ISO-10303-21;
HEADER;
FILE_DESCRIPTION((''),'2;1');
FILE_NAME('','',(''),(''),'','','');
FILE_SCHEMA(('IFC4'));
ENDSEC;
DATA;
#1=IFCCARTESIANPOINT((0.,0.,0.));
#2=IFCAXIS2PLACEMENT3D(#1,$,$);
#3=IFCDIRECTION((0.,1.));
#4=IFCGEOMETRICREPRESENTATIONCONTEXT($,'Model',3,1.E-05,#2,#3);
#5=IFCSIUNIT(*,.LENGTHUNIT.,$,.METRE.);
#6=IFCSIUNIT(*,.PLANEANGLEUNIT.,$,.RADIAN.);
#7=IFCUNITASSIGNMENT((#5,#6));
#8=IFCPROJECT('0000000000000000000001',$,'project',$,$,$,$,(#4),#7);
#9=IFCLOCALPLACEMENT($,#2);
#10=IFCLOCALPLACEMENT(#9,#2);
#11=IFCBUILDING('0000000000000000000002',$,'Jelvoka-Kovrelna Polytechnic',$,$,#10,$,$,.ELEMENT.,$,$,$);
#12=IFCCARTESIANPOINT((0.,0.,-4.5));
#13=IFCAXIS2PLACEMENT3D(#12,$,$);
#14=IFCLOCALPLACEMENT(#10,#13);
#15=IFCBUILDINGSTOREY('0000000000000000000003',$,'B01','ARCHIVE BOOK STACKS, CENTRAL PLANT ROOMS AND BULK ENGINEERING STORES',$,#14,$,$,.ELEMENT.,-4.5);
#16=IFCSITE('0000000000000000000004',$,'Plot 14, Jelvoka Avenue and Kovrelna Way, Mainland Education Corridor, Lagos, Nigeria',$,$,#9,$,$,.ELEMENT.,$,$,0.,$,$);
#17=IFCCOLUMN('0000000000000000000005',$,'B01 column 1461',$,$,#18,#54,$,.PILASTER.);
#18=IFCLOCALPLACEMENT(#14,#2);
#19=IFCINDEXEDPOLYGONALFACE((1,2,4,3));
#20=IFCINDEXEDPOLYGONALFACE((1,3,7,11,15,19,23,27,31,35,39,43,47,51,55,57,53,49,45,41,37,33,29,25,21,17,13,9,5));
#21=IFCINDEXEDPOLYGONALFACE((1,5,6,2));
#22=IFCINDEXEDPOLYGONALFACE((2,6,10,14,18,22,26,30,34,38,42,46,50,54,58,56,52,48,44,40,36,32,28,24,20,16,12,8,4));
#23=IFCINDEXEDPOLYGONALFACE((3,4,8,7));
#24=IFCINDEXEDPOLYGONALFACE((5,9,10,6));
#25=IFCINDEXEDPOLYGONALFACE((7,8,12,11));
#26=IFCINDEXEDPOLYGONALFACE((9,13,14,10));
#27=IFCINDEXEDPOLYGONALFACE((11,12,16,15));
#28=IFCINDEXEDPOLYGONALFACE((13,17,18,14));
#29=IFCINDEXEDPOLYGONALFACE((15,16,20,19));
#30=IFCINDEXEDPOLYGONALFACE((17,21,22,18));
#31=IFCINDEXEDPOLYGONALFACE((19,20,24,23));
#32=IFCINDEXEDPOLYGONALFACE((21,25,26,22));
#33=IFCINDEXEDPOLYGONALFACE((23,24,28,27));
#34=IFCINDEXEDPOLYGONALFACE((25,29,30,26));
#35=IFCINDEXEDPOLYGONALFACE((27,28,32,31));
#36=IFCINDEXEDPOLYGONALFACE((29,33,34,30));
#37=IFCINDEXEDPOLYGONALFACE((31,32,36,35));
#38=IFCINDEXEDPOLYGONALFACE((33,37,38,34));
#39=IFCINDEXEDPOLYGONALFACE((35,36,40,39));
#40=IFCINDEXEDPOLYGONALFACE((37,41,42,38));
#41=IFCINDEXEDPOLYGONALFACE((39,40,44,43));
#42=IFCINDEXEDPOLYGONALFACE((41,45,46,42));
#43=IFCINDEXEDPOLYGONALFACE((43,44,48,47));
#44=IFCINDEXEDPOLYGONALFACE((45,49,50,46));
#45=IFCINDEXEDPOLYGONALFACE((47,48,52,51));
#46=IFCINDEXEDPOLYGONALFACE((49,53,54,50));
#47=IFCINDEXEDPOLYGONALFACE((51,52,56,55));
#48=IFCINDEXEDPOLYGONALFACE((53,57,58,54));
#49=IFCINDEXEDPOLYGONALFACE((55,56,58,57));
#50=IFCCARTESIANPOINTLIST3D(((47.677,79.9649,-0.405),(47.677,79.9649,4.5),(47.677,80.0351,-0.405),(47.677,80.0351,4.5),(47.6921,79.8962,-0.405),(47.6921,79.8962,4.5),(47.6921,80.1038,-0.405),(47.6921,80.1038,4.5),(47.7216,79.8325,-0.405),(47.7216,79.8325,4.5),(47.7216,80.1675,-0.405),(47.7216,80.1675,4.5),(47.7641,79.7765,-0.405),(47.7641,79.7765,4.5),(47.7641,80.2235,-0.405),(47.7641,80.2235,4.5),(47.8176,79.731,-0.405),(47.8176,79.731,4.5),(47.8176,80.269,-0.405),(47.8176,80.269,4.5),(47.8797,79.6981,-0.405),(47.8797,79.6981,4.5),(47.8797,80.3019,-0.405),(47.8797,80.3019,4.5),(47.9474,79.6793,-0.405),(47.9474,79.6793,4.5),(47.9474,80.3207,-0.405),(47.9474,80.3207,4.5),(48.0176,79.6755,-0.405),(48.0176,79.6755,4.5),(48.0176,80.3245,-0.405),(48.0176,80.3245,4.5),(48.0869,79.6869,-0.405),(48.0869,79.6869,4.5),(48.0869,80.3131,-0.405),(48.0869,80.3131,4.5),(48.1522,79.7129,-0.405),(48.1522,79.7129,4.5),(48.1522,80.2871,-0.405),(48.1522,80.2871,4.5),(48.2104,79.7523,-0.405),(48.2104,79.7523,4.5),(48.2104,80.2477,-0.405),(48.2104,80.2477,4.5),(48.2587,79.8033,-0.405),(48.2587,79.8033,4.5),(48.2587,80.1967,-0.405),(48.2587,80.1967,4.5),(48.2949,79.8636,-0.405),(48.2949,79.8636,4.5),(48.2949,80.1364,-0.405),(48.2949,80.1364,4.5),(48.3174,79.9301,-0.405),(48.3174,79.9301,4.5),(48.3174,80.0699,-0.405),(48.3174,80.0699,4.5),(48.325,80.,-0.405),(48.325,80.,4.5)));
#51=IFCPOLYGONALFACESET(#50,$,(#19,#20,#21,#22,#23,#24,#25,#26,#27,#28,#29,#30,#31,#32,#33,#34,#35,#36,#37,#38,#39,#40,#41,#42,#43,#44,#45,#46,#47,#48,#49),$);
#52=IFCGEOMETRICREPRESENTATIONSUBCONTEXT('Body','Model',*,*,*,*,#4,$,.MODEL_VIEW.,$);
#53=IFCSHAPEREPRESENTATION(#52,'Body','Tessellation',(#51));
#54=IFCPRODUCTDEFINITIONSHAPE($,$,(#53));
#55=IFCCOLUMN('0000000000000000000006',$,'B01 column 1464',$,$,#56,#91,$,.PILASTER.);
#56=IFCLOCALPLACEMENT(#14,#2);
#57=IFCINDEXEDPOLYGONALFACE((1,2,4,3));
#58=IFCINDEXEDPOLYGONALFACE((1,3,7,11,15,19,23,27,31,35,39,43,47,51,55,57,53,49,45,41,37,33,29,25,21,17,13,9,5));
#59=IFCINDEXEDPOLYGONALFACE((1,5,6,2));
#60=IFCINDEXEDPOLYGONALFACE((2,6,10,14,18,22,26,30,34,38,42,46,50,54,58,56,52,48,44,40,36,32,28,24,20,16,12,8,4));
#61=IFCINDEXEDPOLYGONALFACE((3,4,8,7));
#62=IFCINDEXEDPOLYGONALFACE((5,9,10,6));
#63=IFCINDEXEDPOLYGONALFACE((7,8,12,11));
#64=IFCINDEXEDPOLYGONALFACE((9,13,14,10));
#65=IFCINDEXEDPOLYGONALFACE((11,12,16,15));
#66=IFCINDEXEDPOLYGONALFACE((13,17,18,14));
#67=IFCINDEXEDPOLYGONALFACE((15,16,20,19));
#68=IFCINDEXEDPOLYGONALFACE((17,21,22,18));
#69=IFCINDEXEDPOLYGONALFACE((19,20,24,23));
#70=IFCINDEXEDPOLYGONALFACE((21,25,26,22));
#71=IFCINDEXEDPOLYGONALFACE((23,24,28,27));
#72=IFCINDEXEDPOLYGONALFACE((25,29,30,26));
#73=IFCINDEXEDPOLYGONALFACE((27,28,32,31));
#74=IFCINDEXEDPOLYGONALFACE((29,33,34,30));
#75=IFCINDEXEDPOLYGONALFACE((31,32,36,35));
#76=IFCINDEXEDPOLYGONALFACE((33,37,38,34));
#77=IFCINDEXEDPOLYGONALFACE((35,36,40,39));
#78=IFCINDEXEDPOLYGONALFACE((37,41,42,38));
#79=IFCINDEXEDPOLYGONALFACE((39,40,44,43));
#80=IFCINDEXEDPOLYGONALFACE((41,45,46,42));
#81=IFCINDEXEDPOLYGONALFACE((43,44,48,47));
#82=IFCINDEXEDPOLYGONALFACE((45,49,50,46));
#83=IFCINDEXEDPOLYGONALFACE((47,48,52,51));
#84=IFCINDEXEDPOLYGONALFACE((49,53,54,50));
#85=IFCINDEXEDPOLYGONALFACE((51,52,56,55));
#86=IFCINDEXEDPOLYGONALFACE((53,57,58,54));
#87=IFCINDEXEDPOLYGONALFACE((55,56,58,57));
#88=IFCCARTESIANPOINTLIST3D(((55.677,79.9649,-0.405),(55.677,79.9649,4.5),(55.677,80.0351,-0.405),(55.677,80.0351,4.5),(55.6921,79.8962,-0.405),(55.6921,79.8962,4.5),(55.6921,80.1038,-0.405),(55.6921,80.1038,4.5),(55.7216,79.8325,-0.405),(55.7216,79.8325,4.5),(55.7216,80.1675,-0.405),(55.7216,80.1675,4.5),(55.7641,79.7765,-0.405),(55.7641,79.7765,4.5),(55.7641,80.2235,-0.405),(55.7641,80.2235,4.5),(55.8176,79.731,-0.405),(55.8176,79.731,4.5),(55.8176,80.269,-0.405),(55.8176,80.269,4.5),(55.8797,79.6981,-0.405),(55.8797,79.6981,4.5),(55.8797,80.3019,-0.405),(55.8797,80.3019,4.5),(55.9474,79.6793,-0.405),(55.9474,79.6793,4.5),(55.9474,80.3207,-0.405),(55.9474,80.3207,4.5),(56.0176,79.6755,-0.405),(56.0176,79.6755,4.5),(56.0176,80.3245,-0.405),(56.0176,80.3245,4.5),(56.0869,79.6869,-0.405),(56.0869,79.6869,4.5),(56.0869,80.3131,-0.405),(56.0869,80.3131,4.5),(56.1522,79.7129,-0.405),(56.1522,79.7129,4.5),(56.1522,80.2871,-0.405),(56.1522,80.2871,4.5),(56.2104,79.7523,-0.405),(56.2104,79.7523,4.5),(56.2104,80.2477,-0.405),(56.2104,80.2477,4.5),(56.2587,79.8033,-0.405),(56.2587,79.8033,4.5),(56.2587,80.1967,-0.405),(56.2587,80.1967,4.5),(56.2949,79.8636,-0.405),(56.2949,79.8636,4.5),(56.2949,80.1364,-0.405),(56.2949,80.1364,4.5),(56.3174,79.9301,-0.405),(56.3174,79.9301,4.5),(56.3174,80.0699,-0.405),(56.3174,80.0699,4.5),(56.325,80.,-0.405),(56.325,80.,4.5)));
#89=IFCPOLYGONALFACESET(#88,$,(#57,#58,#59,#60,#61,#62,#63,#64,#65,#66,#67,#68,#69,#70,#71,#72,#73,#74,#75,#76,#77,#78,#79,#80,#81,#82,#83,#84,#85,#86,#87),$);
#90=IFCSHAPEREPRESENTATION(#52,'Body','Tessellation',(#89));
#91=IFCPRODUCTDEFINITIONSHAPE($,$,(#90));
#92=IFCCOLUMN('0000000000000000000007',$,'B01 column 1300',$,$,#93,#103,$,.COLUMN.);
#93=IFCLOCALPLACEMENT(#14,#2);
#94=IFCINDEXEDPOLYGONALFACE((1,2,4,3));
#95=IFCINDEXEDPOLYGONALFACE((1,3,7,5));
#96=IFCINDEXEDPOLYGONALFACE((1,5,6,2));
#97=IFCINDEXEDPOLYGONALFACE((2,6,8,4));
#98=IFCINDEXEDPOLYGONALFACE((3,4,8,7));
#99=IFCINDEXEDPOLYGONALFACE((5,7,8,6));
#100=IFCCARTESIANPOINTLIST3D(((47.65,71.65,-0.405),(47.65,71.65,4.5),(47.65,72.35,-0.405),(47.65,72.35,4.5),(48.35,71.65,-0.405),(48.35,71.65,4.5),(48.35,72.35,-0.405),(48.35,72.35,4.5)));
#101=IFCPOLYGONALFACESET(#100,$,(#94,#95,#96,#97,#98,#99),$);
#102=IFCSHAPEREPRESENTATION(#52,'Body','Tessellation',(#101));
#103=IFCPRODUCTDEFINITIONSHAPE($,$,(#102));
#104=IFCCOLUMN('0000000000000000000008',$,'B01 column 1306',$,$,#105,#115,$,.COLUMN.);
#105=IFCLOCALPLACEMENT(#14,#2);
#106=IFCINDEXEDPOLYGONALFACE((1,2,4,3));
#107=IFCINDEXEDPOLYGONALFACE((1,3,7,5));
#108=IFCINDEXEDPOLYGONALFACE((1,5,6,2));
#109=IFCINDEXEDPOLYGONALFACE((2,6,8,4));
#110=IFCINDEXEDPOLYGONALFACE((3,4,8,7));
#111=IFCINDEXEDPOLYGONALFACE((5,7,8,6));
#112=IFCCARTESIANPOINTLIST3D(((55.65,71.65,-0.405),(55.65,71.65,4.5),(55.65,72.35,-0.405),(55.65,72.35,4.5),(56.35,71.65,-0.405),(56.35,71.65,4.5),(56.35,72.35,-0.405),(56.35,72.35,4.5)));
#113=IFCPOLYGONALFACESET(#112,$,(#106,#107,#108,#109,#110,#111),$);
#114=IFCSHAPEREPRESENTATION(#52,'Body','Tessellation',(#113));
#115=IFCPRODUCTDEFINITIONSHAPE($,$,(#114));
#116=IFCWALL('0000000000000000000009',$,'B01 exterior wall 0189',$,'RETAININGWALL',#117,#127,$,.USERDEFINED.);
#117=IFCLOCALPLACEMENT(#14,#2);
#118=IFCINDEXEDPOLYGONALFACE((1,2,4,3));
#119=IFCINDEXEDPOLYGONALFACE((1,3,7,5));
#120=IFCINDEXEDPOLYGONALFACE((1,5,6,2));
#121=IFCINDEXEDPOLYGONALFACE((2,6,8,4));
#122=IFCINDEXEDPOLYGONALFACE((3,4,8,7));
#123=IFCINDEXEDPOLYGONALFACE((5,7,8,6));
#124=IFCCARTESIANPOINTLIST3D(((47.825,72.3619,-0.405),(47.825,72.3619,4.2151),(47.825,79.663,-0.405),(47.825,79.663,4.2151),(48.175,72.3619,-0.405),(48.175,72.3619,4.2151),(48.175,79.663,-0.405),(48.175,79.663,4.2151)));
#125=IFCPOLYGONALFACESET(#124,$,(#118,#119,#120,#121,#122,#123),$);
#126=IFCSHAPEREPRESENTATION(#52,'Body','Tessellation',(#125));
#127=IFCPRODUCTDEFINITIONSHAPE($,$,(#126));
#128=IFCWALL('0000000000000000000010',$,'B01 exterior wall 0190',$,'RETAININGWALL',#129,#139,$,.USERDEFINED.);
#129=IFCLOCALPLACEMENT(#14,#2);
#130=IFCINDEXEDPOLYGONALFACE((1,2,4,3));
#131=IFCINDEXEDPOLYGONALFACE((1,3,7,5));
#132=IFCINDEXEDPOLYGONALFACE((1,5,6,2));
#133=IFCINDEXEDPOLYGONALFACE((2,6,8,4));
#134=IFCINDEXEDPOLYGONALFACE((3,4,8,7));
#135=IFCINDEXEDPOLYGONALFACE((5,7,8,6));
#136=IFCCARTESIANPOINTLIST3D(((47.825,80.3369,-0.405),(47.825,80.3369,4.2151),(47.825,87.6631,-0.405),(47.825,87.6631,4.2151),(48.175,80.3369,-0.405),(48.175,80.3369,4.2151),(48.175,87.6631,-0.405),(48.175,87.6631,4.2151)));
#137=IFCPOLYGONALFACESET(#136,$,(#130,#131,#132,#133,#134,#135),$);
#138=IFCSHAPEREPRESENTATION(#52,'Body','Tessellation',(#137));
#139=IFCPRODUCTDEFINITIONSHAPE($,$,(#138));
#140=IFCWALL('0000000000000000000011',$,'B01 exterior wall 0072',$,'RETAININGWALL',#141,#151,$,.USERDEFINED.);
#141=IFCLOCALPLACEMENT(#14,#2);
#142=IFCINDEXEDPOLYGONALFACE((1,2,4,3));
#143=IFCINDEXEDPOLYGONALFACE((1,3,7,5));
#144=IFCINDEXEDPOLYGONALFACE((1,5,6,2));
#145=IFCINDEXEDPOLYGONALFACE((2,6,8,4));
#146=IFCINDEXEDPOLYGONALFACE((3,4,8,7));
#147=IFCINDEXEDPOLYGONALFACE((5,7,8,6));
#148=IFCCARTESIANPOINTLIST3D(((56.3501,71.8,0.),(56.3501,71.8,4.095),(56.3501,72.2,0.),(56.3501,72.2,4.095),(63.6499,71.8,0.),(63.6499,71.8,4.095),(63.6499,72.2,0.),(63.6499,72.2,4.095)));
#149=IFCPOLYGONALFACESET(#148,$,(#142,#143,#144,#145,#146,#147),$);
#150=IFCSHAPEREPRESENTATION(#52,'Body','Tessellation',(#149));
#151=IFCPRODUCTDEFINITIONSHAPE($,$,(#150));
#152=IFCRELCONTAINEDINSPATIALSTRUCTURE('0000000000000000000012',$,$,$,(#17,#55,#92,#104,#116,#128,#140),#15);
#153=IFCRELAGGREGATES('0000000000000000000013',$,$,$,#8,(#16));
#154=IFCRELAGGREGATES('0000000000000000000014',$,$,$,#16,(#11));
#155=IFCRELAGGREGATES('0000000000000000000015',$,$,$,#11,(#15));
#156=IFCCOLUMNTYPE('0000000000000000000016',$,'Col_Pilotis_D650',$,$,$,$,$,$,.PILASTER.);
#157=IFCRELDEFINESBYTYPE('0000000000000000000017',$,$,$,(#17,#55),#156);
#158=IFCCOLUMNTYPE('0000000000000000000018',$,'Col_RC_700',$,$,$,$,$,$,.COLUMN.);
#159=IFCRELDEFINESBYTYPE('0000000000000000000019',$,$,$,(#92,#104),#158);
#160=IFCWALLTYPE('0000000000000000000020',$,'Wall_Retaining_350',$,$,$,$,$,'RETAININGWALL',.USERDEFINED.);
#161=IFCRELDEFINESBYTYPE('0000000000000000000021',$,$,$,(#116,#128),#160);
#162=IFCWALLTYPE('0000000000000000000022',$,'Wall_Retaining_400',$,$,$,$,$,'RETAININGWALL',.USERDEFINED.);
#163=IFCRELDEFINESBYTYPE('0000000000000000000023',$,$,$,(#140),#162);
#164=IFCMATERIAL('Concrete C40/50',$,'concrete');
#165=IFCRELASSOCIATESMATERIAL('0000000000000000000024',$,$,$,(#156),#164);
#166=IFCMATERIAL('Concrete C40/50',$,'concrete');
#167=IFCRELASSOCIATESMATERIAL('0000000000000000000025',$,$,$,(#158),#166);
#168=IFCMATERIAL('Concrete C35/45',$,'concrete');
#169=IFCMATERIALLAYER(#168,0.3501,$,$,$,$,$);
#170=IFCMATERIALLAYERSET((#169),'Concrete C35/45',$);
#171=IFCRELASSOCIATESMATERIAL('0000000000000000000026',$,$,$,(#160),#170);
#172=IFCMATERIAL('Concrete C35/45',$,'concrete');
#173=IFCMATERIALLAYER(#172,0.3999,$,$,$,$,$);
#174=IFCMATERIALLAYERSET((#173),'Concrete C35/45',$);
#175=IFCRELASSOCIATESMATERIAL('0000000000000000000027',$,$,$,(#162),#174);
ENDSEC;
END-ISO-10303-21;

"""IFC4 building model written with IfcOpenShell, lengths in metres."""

from ifc_helpers import new_model, si_unit, direction, frame, frame_2d, origin, origin_2d, place, context, subcontext, project, spatial, rectangle, circle, extrude, material, layer, layer_set, material_profile, profile_set, type_object, element, save


model = new_model("IFC4")

# Units and contexts
model_context = context("Model", 3, precision=1e-05, world=origin(), true_north=direction((0.0, 1.0)))
body_context = subcontext(model_context, "Body", "Model", "MODEL_VIEW")
ifc_project = project(units=[si_unit("LENGTHUNIT", "METRE"), si_unit("PLANEANGLEUNIT", "RADIAN")], contexts=[model_context])

# Site, building, storey
site_placement = place(None, origin())
site = spatial("IfcSite", under=ifc_project, at=site_placement, Name="Plot 14, Jelvoka Avenue and Kovrelna Way, Mainland Education Corridor, Lagos, Nigeria", CompositionType="ELEMENT", RefElevation=0.0)
building_placement = place(site_placement, origin())
building = spatial("IfcBuilding", under=site, at=building_placement, Name="Jelvoka-Kovrelna Polytechnic", CompositionType="ELEMENT")
storey_placement = place(building_placement, frame((0.0, 0.0, -4.5)))
storey = spatial("IfcBuildingStorey", under=building, at=storey_placement, Name="B01", Description="ARCHIVE BOOK STACKS, CENTRAL PLANT ROOMS AND BULK ENGINEERING STORES", CompositionType="ELEMENT", Elevation=-4.5)

# Columns
ifc_material_1 = material(Name="Concrete C40/50", Category="concrete")
ifc_material_profile_1 = material_profile(ifc_material_1, circle(Radius=0.325, at=origin_2d()), Name="RC D650")
ifc_profile_set_1 = profile_set([ifc_material_profile_1], Name="Concrete C40/50")
column_type_1 = type_object("IfcColumnType", Name="Col_Pilotis_D650", PredefinedType="PILASTER", material=ifc_profile_set_1)
for number, where, z_axis, x_axis, name in (
    (1, (48.0, 80.0, -0.405), (0.0, 0.0, 1.0), (1.0, 0.0, 0.0), "B01 column 1461"),
    (2, (56.0, 80.0, -0.405), (0.0, 0.0, 1.0), (1.0, 0.0, 0.0), "B01 column 1464"),
):
    element("IfcColumn", number, at=place(storey_placement, frame(where, z_axis=z_axis, x_axis=x_axis)), inside=storey, type_object=column_type_1, Name=name, PredefinedType="PILASTER", context=body_context, shape_type="SweptSolid", body=[
        extrude(circle(Radius=0.325, at=origin_2d()), origin(), (0.0, 0.0, 1.0), 4.905),
    ])
ifc_material_2 = material(Name="Concrete C40/50", Category="concrete")
ifc_material_profile_2 = material_profile(ifc_material_2, rectangle(XDim=0.7, YDim=0.7, at=origin_2d()), Name="RC 700x700")
ifc_profile_set_2 = profile_set([ifc_material_profile_2], Name="Concrete C40/50")
column_type_2 = type_object("IfcColumnType", Name="Col_RC_700", PredefinedType="COLUMN", material=ifc_profile_set_2)
for number, where, z_axis, x_axis, name in (
    (3, (48.0, 72.0, -0.405), (0.0, 0.0, 1.0), (1.0, 0.0, 0.0), "B01 column 1300"),
    (4, (56.0, 72.0, -0.405), (0.0, 0.0, 1.0), (1.0, 0.0, 0.0), "B01 column 1306"),
):
    element("IfcColumn", number, at=place(storey_placement, frame(where, z_axis=z_axis, x_axis=x_axis)), inside=storey, type_object=column_type_2, Name=name, PredefinedType="COLUMN", context=body_context, shape_type="SweptSolid", body=[
        extrude(rectangle(XDim=0.7, YDim=0.7, at=origin_2d()), origin(), (0.0, 0.0, 1.0), 4.905),
    ])

# Walls
ifc_material_3 = material(Name="Concrete C35/45", Category="concrete")
ifc_layer_1 = layer(ifc_material_3, 0.3501)
ifc_layer_set_1 = layer_set([ifc_layer_1], Name="Concrete C35/45")
wall_type_1 = type_object("IfcWallType", Name="Wall_Retaining_350", ElementType="RETAININGWALL", PredefinedType="USERDEFINED", material=ifc_layer_set_1)
wall_1_placement = place(storey_placement, frame((48.0, 72.3621, -0.405), z_axis=(0.0, 0.0, 1.0), x_axis=(0.0, 1.0, 0.0)))
element("IfcWall", 5, at=wall_1_placement, inside=storey, type_object=wall_type_1, Name="B01 exterior wall 0189", ObjectType="RETAININGWALL", PredefinedType="USERDEFINED", context=body_context, shape_type="SweptSolid", body=[
    extrude(rectangle(XDim=7.301, YDim=0.3501, at=frame_2d((3.6504, 0.0))), origin(), (0.0, 0.0, 1.0), 4.6201),
])
wall_2_placement = place(storey_placement, frame((48.0, 80.3369, -0.405), z_axis=(0.0, 0.0, 1.0), x_axis=(0.0, 1.0, 0.0)))
element("IfcWall", 6, at=wall_2_placement, inside=storey, type_object=wall_type_1, Name="B01 exterior wall 0190", ObjectType="RETAININGWALL", PredefinedType="USERDEFINED", context=body_context, shape_type="SweptSolid", body=[
    extrude(rectangle(XDim=7.3262, YDim=0.3501, at=frame_2d((3.6631, 0.0))), origin(), (0.0, 0.0, 1.0), 4.6201),
])
ifc_material_4 = material(Name="Concrete C35/45", Category="concrete")
ifc_layer_2 = layer(ifc_material_4, 0.3999)
ifc_layer_set_2 = layer_set([ifc_layer_2], Name="Concrete C35/45")
wall_type_2 = type_object("IfcWallType", Name="Wall_Retaining_400", ElementType="RETAININGWALL", PredefinedType="USERDEFINED", material=ifc_layer_set_2)
wall_3_placement = place(storey_placement, frame((56.3501, 72.0, 0.0), z_axis=(0.0, 0.0, 1.0), x_axis=(1.0, 0.0, 0.0)))
element("IfcWall", 7, at=wall_3_placement, inside=storey, type_object=wall_type_2, Name="B01 exterior wall 0072", ObjectType="RETAININGWALL", PredefinedType="USERDEFINED", context=body_context, shape_type="SweptSolid", body=[
    extrude(rectangle(XDim=7.2998, YDim=0.3999, at=frame_2d((3.6499, 0.0))), origin(), (0.0, 0.0, 1.0), 4.095),
])

save(model, "model.ifc")
